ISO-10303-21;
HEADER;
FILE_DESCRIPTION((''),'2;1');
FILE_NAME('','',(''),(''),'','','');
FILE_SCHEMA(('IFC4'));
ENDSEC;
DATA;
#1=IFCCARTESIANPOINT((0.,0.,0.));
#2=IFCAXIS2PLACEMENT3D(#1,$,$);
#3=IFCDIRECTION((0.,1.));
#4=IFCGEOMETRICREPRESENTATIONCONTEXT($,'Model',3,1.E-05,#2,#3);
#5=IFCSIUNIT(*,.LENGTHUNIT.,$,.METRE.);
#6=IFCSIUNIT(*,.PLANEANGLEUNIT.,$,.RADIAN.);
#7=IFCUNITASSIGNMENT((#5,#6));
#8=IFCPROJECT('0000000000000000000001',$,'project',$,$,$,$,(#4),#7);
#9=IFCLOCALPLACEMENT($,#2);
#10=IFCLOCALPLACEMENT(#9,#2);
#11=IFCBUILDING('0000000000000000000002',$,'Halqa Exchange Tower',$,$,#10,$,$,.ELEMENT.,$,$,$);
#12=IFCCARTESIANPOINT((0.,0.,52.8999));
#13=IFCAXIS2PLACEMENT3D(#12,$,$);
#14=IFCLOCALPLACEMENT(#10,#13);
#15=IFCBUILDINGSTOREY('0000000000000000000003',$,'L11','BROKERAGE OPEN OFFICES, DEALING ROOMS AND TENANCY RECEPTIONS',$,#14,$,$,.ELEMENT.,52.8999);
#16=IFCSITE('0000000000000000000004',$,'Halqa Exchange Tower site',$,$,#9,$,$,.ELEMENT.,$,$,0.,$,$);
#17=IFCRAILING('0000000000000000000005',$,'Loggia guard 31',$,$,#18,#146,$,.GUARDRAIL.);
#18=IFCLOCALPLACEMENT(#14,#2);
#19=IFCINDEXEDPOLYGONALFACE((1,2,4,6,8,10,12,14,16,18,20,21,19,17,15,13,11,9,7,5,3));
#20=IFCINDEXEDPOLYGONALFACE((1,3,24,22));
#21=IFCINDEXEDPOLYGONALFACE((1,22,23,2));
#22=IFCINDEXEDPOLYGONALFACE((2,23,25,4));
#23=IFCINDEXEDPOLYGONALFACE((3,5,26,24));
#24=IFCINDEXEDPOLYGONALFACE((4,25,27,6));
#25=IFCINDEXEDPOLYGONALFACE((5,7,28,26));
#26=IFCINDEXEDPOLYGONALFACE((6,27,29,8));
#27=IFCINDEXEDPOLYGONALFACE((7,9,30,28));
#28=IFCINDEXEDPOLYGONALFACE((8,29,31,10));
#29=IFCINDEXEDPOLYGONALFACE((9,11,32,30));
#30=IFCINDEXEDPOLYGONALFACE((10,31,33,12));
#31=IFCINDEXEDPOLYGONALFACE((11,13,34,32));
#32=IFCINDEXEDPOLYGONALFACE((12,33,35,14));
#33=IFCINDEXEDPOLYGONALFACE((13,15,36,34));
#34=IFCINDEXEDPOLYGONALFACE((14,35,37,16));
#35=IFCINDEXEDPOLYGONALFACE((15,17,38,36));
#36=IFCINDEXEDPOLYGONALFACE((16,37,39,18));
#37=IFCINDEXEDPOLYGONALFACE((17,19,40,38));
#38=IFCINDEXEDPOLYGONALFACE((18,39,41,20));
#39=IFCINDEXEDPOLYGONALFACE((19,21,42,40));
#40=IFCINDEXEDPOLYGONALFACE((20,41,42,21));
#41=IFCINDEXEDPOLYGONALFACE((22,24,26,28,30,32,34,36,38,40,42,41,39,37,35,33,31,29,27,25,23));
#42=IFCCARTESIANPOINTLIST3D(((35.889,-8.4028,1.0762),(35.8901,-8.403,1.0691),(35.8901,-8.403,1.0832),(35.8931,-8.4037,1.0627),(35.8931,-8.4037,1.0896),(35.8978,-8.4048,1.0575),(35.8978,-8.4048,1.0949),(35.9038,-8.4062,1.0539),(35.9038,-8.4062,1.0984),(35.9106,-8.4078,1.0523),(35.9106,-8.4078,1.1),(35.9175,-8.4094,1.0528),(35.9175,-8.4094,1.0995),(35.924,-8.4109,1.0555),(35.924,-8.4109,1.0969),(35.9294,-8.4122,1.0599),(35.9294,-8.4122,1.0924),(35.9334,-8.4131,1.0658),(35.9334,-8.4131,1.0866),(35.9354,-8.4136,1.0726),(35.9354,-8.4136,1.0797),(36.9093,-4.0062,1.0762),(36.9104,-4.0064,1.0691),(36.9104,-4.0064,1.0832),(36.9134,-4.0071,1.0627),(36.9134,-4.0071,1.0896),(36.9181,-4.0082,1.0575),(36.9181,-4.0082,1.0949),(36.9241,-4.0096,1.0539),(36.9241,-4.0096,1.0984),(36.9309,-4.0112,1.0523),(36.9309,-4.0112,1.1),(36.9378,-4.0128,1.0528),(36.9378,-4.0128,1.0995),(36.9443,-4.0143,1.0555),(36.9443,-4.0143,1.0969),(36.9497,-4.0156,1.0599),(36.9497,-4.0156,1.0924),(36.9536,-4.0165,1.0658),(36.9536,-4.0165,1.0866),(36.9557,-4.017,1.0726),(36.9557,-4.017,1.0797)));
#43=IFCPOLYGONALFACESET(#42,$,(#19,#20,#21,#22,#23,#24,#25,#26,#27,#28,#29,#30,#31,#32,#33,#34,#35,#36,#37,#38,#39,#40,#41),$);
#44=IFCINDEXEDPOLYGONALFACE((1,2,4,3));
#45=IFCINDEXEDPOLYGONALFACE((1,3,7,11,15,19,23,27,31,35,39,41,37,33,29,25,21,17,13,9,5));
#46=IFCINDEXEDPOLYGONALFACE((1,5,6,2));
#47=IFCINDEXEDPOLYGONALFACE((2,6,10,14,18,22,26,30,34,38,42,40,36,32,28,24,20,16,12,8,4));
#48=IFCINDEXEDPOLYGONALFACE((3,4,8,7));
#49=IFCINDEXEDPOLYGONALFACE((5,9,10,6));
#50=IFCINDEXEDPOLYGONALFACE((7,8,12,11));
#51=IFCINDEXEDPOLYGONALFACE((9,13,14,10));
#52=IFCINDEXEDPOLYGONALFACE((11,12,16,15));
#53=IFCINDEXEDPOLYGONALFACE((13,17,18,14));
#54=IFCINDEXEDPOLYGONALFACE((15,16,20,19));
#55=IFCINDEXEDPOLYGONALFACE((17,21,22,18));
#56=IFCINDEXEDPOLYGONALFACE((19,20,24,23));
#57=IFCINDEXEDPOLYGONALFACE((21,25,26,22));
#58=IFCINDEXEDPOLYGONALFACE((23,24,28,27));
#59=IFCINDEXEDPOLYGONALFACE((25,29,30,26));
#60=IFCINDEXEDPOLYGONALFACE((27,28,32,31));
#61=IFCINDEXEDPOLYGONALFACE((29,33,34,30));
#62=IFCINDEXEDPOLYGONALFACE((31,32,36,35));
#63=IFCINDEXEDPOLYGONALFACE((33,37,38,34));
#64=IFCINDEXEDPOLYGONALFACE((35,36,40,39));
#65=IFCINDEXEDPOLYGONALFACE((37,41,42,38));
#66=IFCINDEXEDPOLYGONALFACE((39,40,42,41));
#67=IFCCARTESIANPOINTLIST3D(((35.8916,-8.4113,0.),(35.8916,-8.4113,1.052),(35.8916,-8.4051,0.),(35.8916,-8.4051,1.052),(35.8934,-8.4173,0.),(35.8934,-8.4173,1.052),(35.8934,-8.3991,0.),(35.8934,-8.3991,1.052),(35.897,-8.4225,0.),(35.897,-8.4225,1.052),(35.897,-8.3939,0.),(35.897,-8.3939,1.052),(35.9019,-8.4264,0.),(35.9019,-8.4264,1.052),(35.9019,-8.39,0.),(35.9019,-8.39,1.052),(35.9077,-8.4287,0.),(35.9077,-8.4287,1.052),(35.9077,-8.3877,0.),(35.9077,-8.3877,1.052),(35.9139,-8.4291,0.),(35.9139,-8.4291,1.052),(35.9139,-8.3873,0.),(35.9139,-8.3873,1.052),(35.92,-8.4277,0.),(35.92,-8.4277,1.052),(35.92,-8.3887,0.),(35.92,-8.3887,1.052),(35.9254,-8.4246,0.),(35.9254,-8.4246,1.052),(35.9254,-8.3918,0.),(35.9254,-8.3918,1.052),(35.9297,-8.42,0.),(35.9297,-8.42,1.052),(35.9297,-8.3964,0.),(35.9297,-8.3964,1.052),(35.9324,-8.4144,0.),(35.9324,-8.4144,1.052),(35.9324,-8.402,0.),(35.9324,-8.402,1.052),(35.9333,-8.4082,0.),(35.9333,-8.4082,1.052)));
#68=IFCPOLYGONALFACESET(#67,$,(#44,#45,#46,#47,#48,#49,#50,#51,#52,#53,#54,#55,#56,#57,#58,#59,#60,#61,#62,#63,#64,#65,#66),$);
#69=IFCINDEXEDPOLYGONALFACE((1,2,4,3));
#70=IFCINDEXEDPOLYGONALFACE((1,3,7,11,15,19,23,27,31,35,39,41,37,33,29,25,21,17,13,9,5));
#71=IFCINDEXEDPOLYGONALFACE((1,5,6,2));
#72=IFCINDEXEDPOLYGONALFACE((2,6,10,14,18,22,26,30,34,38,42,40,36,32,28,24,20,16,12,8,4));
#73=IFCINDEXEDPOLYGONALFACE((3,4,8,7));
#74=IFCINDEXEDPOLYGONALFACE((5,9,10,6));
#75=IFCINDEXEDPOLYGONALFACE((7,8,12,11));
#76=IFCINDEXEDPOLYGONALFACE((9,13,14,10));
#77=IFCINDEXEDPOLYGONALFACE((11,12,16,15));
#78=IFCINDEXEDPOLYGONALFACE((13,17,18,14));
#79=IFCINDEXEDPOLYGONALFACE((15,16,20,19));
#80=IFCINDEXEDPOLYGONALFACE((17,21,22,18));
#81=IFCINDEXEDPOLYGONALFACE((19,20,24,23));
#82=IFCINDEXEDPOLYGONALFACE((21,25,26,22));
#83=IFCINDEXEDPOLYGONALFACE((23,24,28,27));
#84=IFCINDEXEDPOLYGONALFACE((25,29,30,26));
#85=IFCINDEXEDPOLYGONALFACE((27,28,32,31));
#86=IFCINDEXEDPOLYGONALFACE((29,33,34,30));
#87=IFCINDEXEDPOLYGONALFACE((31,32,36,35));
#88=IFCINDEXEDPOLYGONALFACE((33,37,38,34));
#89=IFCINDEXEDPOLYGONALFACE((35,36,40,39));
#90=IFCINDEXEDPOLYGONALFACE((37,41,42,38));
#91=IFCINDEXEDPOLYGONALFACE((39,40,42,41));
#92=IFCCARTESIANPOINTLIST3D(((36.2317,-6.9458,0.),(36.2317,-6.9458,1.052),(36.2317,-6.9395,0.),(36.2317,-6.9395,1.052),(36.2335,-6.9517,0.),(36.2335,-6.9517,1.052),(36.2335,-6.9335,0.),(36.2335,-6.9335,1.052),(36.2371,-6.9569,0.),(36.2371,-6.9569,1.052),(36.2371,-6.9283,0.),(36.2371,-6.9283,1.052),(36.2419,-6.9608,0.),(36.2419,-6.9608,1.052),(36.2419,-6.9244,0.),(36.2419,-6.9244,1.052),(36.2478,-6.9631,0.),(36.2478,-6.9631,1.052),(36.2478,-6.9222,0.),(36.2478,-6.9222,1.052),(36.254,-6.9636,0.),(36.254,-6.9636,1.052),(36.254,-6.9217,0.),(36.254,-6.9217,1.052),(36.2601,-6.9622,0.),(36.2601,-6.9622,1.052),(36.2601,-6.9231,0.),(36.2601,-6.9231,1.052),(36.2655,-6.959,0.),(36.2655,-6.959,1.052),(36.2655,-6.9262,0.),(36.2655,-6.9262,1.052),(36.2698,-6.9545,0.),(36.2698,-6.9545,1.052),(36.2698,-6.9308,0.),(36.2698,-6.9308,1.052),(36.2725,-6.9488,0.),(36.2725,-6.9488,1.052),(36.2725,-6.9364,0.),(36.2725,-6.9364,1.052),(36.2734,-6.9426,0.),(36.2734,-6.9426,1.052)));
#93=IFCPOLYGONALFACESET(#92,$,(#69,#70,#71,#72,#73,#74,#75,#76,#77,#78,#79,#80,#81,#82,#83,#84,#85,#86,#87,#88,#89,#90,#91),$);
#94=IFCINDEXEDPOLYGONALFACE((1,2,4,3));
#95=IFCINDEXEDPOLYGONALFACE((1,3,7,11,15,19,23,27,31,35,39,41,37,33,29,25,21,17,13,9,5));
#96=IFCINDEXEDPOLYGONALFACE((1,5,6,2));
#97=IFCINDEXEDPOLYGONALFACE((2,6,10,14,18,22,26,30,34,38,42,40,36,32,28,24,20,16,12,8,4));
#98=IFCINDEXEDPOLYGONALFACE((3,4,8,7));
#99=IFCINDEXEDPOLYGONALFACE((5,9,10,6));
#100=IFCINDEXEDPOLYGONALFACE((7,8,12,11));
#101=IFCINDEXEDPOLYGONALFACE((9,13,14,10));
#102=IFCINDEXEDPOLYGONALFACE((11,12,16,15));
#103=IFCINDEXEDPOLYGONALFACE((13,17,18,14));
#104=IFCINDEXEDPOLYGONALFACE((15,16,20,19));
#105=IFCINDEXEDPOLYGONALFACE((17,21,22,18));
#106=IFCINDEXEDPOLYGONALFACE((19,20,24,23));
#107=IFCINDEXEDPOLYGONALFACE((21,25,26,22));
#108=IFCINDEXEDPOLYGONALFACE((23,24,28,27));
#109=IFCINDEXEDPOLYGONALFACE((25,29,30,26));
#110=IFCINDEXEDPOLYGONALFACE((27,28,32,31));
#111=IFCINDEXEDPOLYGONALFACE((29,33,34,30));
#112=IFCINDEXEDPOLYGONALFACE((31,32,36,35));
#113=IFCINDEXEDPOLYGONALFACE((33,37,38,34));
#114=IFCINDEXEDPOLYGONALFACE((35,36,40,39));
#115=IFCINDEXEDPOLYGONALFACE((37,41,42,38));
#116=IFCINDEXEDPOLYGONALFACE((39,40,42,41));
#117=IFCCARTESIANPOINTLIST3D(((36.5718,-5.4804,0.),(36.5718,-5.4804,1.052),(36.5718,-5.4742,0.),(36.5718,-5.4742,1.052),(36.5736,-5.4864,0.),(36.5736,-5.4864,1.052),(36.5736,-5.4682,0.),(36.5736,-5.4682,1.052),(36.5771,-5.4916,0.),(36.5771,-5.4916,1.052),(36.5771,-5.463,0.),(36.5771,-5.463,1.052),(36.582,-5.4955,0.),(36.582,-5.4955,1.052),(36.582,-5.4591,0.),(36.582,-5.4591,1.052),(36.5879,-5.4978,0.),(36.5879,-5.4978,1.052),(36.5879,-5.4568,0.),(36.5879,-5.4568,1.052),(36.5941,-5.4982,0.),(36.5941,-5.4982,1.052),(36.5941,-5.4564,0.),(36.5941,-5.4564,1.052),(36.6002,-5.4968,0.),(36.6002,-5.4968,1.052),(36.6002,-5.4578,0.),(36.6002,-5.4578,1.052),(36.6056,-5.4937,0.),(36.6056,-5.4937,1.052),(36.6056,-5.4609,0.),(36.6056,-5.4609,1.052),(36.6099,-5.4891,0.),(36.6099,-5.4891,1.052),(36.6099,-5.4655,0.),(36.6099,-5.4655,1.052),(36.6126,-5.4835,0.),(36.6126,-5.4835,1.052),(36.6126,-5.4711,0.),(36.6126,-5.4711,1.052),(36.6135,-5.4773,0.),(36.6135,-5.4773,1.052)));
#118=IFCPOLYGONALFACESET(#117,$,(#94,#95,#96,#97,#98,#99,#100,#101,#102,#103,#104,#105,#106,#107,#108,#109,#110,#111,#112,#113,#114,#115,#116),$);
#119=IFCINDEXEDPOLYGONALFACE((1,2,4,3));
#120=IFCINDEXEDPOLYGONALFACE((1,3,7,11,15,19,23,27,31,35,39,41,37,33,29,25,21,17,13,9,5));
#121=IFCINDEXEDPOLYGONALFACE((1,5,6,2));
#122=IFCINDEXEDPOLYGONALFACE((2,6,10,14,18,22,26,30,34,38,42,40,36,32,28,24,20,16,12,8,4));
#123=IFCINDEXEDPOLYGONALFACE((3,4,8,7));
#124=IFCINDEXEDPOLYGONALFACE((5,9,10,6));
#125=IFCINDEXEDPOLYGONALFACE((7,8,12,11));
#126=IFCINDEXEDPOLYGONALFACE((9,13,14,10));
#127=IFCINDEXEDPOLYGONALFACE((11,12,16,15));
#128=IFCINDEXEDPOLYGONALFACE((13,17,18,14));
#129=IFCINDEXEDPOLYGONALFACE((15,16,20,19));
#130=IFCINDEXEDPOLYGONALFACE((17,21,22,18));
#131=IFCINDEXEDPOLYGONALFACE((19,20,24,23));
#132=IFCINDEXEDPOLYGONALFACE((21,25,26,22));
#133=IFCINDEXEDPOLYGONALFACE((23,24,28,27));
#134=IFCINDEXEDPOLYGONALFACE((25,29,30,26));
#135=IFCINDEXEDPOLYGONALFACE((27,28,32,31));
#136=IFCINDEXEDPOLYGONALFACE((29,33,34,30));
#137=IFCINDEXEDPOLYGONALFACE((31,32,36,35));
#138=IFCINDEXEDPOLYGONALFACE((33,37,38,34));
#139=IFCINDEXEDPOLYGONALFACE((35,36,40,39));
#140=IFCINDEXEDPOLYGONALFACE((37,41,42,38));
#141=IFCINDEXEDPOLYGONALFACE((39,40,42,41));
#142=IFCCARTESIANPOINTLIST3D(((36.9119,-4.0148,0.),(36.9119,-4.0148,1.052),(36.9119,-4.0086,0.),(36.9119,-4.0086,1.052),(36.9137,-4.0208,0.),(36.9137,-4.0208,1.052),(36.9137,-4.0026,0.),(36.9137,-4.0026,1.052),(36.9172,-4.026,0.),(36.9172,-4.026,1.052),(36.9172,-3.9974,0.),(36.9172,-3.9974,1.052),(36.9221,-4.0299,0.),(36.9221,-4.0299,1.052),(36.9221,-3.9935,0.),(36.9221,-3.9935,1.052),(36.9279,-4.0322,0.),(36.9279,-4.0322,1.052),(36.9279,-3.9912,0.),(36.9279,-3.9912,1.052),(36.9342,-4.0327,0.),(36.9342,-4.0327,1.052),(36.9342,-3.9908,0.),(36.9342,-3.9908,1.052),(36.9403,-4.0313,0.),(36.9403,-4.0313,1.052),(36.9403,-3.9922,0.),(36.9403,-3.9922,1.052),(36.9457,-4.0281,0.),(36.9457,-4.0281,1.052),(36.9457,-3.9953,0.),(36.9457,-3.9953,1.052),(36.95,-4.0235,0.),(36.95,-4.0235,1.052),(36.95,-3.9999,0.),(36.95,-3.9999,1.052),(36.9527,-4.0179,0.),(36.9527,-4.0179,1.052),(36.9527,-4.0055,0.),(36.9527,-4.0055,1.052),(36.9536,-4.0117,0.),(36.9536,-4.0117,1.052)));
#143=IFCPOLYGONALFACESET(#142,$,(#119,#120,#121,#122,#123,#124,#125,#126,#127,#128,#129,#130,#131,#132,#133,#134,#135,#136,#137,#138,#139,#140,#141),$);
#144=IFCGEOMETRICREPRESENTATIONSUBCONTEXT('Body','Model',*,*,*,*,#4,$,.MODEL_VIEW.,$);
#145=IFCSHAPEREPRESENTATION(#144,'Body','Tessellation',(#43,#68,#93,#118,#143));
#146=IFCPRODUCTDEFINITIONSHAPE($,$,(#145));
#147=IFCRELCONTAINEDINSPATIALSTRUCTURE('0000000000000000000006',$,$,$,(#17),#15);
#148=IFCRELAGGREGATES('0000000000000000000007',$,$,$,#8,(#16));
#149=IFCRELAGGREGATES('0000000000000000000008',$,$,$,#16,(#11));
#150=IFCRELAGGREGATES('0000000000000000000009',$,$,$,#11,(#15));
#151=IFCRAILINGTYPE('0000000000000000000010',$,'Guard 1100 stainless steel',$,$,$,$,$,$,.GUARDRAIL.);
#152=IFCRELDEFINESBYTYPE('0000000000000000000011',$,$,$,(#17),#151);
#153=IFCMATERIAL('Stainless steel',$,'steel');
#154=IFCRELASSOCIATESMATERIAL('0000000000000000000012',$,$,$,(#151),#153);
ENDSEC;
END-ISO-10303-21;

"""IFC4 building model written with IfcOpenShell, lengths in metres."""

from ifc_helpers import new_model, si_unit, direction, frame, origin, origin_2d, place, context, subcontext, project, spatial, circle, extrude, material, type_object, element, save


model = new_model("IFC4")

# Units and contexts
model_context = context("Model", 3, precision=1e-05, world=origin(), true_north=direction((0.0, 1.0)))
body_context = subcontext(model_context, "Body", "Model", "MODEL_VIEW")
ifc_project = project(units=[si_unit("LENGTHUNIT", "METRE"), si_unit("PLANEANGLEUNIT", "RADIAN")], contexts=[model_context])

# Site, building, storey
site_placement = place(None, origin())
site = spatial("IfcSite", under=ifc_project, at=site_placement, Name="Halqa Exchange Tower site", CompositionType="ELEMENT", RefElevation=0.0)
building_placement = place(site_placement, origin())
building = spatial("IfcBuilding", under=site, at=building_placement, Name="Halqa Exchange Tower", CompositionType="ELEMENT")
storey_placement = place(building_placement, frame((0.0, 0.0, 52.8999)))
storey = spatial("IfcBuildingStorey", under=building, at=storey_placement, Name="L11", Description="BROKERAGE OPEN OFFICES, DEALING ROOMS AND TENANCY RECEPTIONS", CompositionType="ELEMENT", Elevation=52.8999)

# Railing
ifc_material_1 = material(Name="Stainless steel", Category="steel")
railing_type = type_object("IfcRailingType", Name="Guard 1100 stainless steel", PredefinedType="GUARDRAIL", material=ifc_material_1)
railing_1_placement = place(storey_placement, frame((35.9124, -8.4082, 0.0)))
element("IfcRailing", 1, at=railing_1_placement, inside=storey, type_object=railing_type, Name="Loggia guard 31", PredefinedType="GUARDRAIL", context=body_context, shape_type="SweptSolid", body=[
    extrude(circle(Radius=0.0239, at=origin_2d()), frame((0.0, 0.0, 1.0762), z_axis=(0.226056, 0.974114, 0.0), x_axis=(-0.974114, 0.226056, 0.0)), (0.0, 0.0, 1.0), 4.5134),
    extrude(circle(Radius=0.021, at=origin_2d()), origin(), (0.0, 0.0, 1.0), 1.052),
    extrude(circle(Radius=0.021, at=origin_2d()), frame((0.3401, 1.4656, 0.0)), (0.0, 0.0, 1.0), 1.052),
    extrude(circle(Radius=0.021, at=origin_2d()), frame((0.6802, 2.9309, 0.0)), (0.0, 0.0, 1.0), 1.052),
    extrude(circle(Radius=0.021, at=origin_2d()), frame((1.0203, 4.3965, 0.0)), (0.0, 0.0, 1.0), 1.052),
])

save(model, "model.ifc")
